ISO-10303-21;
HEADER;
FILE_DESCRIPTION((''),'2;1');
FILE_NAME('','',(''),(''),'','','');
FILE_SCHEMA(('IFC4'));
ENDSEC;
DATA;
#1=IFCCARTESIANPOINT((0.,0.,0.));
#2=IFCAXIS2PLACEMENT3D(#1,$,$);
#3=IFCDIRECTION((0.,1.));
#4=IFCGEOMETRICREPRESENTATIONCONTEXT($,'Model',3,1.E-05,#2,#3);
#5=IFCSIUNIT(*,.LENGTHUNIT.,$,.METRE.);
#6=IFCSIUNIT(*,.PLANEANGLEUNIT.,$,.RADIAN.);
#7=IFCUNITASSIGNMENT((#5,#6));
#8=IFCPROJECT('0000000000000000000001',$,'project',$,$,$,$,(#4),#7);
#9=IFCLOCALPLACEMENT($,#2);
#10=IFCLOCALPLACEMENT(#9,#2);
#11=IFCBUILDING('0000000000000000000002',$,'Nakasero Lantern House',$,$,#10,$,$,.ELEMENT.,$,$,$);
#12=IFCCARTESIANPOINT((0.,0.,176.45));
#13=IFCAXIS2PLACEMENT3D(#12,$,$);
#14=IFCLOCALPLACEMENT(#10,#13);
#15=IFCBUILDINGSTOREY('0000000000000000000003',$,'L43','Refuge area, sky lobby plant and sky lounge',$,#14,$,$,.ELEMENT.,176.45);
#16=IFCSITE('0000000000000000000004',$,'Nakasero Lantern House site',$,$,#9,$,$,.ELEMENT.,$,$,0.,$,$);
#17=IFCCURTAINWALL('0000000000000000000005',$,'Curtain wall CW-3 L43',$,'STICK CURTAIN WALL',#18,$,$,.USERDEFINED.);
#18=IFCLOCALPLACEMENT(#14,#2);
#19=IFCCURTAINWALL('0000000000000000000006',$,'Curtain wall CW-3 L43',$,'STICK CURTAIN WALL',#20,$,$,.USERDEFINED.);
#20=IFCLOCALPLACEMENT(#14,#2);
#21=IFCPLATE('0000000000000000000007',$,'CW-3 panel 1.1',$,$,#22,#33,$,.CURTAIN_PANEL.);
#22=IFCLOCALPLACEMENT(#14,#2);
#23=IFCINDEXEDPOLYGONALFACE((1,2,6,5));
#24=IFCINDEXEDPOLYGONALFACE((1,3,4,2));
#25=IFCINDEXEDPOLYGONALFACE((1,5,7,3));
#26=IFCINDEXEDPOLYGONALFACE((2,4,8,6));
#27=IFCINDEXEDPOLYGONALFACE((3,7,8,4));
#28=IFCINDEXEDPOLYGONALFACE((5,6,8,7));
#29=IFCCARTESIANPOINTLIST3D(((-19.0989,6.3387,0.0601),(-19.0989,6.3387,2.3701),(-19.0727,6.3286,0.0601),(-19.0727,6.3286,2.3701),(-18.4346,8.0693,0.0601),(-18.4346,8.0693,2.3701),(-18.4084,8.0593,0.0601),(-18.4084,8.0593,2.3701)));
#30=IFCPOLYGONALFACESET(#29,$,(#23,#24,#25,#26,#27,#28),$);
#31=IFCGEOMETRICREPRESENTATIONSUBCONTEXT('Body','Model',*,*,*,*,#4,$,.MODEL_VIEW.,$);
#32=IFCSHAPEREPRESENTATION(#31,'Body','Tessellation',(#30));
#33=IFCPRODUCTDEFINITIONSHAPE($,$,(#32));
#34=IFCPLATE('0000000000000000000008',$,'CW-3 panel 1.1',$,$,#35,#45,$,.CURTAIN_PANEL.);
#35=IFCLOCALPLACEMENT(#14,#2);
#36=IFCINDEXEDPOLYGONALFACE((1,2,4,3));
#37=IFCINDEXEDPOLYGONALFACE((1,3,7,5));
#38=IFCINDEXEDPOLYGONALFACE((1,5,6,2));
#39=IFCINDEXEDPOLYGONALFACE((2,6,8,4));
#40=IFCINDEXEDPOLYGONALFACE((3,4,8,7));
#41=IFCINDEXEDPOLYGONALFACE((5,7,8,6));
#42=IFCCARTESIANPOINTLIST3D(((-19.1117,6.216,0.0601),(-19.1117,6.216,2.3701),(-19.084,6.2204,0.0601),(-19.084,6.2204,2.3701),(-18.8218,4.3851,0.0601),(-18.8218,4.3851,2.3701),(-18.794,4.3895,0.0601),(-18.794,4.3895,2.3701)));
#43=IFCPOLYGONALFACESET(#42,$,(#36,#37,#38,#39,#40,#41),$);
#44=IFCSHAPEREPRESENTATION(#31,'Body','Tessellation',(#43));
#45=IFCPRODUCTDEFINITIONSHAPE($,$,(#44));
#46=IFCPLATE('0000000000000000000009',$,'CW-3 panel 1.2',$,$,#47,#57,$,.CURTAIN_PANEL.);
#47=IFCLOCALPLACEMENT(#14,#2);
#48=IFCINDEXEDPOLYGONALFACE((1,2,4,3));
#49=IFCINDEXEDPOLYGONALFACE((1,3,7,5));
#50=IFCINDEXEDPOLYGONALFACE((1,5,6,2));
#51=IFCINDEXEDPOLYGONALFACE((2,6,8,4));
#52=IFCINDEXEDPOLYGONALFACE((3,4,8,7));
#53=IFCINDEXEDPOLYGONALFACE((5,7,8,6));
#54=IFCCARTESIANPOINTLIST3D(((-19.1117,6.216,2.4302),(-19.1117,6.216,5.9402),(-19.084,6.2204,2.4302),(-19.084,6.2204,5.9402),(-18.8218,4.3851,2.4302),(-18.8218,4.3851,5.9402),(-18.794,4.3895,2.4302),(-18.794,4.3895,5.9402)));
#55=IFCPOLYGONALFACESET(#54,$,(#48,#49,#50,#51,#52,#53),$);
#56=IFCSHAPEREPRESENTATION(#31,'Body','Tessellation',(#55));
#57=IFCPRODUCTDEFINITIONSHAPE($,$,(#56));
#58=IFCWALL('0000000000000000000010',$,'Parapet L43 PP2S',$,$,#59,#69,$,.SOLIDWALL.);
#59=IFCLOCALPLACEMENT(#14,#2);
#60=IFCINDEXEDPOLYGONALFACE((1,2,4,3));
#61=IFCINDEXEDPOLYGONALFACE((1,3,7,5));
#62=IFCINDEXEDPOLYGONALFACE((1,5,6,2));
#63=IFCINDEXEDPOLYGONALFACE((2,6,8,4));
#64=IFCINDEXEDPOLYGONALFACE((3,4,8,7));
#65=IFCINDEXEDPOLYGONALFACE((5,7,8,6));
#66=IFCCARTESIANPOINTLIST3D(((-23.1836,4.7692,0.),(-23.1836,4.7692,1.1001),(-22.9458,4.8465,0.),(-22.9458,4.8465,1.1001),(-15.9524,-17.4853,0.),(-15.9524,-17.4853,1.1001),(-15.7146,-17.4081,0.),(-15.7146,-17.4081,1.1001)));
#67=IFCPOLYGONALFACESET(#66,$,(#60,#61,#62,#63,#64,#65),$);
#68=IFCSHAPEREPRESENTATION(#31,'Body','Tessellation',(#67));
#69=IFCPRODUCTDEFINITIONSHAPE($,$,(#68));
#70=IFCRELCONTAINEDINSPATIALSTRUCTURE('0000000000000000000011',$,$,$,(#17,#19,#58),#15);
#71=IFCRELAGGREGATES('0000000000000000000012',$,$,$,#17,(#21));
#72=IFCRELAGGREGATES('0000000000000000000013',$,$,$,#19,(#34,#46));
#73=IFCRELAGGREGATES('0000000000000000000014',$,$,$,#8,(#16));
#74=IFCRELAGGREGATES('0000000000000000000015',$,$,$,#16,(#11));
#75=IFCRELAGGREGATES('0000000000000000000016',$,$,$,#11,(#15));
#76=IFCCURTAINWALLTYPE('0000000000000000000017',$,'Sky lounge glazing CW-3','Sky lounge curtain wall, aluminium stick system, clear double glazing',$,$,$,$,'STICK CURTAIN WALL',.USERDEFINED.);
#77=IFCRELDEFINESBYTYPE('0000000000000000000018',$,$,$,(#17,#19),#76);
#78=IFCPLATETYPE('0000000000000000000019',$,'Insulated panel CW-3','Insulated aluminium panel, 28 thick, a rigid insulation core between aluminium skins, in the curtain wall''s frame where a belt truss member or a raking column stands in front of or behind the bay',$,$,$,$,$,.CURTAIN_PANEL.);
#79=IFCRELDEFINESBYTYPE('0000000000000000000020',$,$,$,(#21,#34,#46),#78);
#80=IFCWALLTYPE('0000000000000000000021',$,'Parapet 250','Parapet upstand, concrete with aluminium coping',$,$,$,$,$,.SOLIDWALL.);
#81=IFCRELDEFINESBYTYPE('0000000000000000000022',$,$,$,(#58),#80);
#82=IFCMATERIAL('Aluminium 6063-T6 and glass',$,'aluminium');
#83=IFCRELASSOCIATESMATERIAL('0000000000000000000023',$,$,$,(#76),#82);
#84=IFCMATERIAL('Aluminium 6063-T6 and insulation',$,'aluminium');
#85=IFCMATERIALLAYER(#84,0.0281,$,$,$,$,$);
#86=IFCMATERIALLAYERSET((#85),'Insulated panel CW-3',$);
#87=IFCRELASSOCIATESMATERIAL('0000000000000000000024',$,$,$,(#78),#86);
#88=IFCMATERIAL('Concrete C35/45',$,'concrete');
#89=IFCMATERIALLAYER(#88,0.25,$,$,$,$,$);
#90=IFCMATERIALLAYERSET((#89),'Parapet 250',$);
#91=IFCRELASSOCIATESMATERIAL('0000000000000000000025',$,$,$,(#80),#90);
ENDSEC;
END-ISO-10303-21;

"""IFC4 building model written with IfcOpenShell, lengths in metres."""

from ifc_helpers import new_model, si_unit, direction, frame, frame_2d, origin, origin_2d, place, context, subcontext, project, spatial, rectangle, extrude, material, layer, layer_set, type_object, element, aggregate, save


model = new_model("IFC4")

# Units and contexts
model_context = context("Model", 3, precision=1e-05, world=origin(), true_north=direction((0.0, 1.0)))
body_context = subcontext(model_context, "Body", "Model", "MODEL_VIEW")
ifc_project = project(units=[si_unit("LENGTHUNIT", "METRE"), si_unit("PLANEANGLEUNIT", "RADIAN")], contexts=[model_context])

# Site, building, storey
site_placement = place(None, origin())
site = spatial("IfcSite", under=ifc_project, at=site_placement, Name="Nakasero Lantern House site", CompositionType="ELEMENT", RefElevation=0.0)
building_placement = place(site_placement, origin())
building = spatial("IfcBuilding", under=site, at=building_placement, Name="Nakasero Lantern House", CompositionType="ELEMENT")
storey_placement = place(building_placement, frame((0.0, 0.0, 176.45)))
storey = spatial("IfcBuildingStorey", under=building, at=storey_placement, Name="L43", Description="Refuge area, sky lobby plant and sky lounge", CompositionType="ELEMENT", Elevation=176.45)

# Curtain wall
ifc_material_1 = material(Name="Aluminium 6063-T6 and glass", Category="aluminium")
curtain_wall_type = type_object("IfcCurtainWallType", Name="Sky lounge glazing CW-3", Description="Sky lounge curtain wall, aluminium stick system, clear double glazing", ElementType="STICK CURTAIN WALL", PredefinedType="USERDEFINED", material=ifc_material_1)
curtain_wall_1_placement = place(storey_placement, origin())
curtain_wall_1 = element("IfcCurtainWall", 1, at=curtain_wall_1_placement, inside=storey, type_object=curtain_wall_type, Name="Curtain wall CW-3 L43", ObjectType="STICK CURTAIN WALL", PredefinedType="USERDEFINED")

# Curtain wall
curtain_wall_2_placement = place(storey_placement, origin())
curtain_wall_2 = element("IfcCurtainWall", 2, at=curtain_wall_2_placement, inside=storey, type_object=curtain_wall_type, Name="Curtain wall CW-3 L43", ObjectType="STICK CURTAIN WALL", PredefinedType="USERDEFINED")

# Plates
ifc_material_2 = material(Name="Aluminium 6063-T6 and insulation", Category="aluminium")
ifc_layer_1 = layer(ifc_material_2, 0.0281)
ifc_layer_set_1 = layer_set([ifc_layer_1], Name="Insulated panel CW-3")
plate_type = type_object("IfcPlateType", Name="Insulated panel CW-3", Description="Insulated aluminium panel, 28 thick, a rigid insulation core between aluminium skins, in the curtain wall's frame where a belt truss member or a raking column stands in front of or behind the bay", PredefinedType="CURTAIN_PANEL", material=ifc_layer_set_1)
plate_1_placement = place(storey_placement, frame((-18.7537, 7.199, 0.0601), z_axis=(0.0, 0.0, 1.0), x_axis=(-0.358368, -0.93358, 0.0)))
plate_1 = element("IfcPlate", 3, at=plate_1_placement, type_object=plate_type, Name="CW-3 panel 1.1", PredefinedType="CURTAIN_PANEL", context=body_context, shape_type="SweptSolid", body=[
    extrude(rectangle(XDim=1.8538, YDim=0.0281, at=origin_2d()), origin(), (0.0, 0.0, 1.0), 2.3101),
])
aggregate(curtain_wall_1, [plate_1])
plate_2_placement = place(storey_placement, frame((-18.9529, 5.3027, 0.0601), z_axis=(0.0, 0.0, 1.0), x_axis=(0.156434, -0.987688, 0.0)))
plate_2 = element("IfcPlate", 4, at=plate_2_placement, type_object=plate_type, Name="CW-3 panel 1.1", PredefinedType="CURTAIN_PANEL", context=body_context, shape_type="SweptSolid", body=[
    extrude(rectangle(XDim=1.8538, YDim=0.0281, at=origin_2d()), origin(), (0.0, 0.0, 1.0), 2.3101),
])
plate_3_placement = place(storey_placement, frame((-18.9529, 5.3027, 2.4302), z_axis=(0.0, 0.0, 1.0), x_axis=(0.156434, -0.987688, 0.0)))
plate_3 = element("IfcPlate", 5, at=plate_3_placement, type_object=plate_type, Name="CW-3 panel 1.2", PredefinedType="CURTAIN_PANEL", context=body_context, shape_type="SweptSolid", body=[
    extrude(rectangle(XDim=1.8538, YDim=0.0281, at=origin_2d()), origin(), (0.0, 0.0, 1.0), 3.51),
])
aggregate(curtain_wall_2, [plate_2, plate_3])

# Wall
ifc_material_3 = material(Name="Concrete C35/45", Category="concrete")
ifc_layer_2 = layer(ifc_material_3, 0.25)
ifc_layer_set_2 = layer_set([ifc_layer_2], Name="Parapet 250")
wall_type = type_object("IfcWallType", Name="Parapet 250", Description="Parapet upstand, concrete with aluminium coping", PredefinedType="SOLIDWALL", material=ifc_layer_set_2)
wall_placement = place(storey_placement, frame((-23.0647, 4.8079, 0.0), z_axis=(0.0, 0.0, 1.0), x_axis=(0.309026, -0.951054, 0.0)))
element("IfcWall", 6, at=wall_placement, inside=storey, type_object=wall_type, Name="Parapet L43 PP2S", PredefinedType="SOLIDWALL", context=body_context, shape_type="SweptSolid", body=[
    extrude(rectangle(XDim=23.3999, YDim=0.25, at=frame_2d((11.7, 0.0))), origin(), (0.0, 0.0, 1.0), 1.1001),
])

save(model, "model.ifc")
